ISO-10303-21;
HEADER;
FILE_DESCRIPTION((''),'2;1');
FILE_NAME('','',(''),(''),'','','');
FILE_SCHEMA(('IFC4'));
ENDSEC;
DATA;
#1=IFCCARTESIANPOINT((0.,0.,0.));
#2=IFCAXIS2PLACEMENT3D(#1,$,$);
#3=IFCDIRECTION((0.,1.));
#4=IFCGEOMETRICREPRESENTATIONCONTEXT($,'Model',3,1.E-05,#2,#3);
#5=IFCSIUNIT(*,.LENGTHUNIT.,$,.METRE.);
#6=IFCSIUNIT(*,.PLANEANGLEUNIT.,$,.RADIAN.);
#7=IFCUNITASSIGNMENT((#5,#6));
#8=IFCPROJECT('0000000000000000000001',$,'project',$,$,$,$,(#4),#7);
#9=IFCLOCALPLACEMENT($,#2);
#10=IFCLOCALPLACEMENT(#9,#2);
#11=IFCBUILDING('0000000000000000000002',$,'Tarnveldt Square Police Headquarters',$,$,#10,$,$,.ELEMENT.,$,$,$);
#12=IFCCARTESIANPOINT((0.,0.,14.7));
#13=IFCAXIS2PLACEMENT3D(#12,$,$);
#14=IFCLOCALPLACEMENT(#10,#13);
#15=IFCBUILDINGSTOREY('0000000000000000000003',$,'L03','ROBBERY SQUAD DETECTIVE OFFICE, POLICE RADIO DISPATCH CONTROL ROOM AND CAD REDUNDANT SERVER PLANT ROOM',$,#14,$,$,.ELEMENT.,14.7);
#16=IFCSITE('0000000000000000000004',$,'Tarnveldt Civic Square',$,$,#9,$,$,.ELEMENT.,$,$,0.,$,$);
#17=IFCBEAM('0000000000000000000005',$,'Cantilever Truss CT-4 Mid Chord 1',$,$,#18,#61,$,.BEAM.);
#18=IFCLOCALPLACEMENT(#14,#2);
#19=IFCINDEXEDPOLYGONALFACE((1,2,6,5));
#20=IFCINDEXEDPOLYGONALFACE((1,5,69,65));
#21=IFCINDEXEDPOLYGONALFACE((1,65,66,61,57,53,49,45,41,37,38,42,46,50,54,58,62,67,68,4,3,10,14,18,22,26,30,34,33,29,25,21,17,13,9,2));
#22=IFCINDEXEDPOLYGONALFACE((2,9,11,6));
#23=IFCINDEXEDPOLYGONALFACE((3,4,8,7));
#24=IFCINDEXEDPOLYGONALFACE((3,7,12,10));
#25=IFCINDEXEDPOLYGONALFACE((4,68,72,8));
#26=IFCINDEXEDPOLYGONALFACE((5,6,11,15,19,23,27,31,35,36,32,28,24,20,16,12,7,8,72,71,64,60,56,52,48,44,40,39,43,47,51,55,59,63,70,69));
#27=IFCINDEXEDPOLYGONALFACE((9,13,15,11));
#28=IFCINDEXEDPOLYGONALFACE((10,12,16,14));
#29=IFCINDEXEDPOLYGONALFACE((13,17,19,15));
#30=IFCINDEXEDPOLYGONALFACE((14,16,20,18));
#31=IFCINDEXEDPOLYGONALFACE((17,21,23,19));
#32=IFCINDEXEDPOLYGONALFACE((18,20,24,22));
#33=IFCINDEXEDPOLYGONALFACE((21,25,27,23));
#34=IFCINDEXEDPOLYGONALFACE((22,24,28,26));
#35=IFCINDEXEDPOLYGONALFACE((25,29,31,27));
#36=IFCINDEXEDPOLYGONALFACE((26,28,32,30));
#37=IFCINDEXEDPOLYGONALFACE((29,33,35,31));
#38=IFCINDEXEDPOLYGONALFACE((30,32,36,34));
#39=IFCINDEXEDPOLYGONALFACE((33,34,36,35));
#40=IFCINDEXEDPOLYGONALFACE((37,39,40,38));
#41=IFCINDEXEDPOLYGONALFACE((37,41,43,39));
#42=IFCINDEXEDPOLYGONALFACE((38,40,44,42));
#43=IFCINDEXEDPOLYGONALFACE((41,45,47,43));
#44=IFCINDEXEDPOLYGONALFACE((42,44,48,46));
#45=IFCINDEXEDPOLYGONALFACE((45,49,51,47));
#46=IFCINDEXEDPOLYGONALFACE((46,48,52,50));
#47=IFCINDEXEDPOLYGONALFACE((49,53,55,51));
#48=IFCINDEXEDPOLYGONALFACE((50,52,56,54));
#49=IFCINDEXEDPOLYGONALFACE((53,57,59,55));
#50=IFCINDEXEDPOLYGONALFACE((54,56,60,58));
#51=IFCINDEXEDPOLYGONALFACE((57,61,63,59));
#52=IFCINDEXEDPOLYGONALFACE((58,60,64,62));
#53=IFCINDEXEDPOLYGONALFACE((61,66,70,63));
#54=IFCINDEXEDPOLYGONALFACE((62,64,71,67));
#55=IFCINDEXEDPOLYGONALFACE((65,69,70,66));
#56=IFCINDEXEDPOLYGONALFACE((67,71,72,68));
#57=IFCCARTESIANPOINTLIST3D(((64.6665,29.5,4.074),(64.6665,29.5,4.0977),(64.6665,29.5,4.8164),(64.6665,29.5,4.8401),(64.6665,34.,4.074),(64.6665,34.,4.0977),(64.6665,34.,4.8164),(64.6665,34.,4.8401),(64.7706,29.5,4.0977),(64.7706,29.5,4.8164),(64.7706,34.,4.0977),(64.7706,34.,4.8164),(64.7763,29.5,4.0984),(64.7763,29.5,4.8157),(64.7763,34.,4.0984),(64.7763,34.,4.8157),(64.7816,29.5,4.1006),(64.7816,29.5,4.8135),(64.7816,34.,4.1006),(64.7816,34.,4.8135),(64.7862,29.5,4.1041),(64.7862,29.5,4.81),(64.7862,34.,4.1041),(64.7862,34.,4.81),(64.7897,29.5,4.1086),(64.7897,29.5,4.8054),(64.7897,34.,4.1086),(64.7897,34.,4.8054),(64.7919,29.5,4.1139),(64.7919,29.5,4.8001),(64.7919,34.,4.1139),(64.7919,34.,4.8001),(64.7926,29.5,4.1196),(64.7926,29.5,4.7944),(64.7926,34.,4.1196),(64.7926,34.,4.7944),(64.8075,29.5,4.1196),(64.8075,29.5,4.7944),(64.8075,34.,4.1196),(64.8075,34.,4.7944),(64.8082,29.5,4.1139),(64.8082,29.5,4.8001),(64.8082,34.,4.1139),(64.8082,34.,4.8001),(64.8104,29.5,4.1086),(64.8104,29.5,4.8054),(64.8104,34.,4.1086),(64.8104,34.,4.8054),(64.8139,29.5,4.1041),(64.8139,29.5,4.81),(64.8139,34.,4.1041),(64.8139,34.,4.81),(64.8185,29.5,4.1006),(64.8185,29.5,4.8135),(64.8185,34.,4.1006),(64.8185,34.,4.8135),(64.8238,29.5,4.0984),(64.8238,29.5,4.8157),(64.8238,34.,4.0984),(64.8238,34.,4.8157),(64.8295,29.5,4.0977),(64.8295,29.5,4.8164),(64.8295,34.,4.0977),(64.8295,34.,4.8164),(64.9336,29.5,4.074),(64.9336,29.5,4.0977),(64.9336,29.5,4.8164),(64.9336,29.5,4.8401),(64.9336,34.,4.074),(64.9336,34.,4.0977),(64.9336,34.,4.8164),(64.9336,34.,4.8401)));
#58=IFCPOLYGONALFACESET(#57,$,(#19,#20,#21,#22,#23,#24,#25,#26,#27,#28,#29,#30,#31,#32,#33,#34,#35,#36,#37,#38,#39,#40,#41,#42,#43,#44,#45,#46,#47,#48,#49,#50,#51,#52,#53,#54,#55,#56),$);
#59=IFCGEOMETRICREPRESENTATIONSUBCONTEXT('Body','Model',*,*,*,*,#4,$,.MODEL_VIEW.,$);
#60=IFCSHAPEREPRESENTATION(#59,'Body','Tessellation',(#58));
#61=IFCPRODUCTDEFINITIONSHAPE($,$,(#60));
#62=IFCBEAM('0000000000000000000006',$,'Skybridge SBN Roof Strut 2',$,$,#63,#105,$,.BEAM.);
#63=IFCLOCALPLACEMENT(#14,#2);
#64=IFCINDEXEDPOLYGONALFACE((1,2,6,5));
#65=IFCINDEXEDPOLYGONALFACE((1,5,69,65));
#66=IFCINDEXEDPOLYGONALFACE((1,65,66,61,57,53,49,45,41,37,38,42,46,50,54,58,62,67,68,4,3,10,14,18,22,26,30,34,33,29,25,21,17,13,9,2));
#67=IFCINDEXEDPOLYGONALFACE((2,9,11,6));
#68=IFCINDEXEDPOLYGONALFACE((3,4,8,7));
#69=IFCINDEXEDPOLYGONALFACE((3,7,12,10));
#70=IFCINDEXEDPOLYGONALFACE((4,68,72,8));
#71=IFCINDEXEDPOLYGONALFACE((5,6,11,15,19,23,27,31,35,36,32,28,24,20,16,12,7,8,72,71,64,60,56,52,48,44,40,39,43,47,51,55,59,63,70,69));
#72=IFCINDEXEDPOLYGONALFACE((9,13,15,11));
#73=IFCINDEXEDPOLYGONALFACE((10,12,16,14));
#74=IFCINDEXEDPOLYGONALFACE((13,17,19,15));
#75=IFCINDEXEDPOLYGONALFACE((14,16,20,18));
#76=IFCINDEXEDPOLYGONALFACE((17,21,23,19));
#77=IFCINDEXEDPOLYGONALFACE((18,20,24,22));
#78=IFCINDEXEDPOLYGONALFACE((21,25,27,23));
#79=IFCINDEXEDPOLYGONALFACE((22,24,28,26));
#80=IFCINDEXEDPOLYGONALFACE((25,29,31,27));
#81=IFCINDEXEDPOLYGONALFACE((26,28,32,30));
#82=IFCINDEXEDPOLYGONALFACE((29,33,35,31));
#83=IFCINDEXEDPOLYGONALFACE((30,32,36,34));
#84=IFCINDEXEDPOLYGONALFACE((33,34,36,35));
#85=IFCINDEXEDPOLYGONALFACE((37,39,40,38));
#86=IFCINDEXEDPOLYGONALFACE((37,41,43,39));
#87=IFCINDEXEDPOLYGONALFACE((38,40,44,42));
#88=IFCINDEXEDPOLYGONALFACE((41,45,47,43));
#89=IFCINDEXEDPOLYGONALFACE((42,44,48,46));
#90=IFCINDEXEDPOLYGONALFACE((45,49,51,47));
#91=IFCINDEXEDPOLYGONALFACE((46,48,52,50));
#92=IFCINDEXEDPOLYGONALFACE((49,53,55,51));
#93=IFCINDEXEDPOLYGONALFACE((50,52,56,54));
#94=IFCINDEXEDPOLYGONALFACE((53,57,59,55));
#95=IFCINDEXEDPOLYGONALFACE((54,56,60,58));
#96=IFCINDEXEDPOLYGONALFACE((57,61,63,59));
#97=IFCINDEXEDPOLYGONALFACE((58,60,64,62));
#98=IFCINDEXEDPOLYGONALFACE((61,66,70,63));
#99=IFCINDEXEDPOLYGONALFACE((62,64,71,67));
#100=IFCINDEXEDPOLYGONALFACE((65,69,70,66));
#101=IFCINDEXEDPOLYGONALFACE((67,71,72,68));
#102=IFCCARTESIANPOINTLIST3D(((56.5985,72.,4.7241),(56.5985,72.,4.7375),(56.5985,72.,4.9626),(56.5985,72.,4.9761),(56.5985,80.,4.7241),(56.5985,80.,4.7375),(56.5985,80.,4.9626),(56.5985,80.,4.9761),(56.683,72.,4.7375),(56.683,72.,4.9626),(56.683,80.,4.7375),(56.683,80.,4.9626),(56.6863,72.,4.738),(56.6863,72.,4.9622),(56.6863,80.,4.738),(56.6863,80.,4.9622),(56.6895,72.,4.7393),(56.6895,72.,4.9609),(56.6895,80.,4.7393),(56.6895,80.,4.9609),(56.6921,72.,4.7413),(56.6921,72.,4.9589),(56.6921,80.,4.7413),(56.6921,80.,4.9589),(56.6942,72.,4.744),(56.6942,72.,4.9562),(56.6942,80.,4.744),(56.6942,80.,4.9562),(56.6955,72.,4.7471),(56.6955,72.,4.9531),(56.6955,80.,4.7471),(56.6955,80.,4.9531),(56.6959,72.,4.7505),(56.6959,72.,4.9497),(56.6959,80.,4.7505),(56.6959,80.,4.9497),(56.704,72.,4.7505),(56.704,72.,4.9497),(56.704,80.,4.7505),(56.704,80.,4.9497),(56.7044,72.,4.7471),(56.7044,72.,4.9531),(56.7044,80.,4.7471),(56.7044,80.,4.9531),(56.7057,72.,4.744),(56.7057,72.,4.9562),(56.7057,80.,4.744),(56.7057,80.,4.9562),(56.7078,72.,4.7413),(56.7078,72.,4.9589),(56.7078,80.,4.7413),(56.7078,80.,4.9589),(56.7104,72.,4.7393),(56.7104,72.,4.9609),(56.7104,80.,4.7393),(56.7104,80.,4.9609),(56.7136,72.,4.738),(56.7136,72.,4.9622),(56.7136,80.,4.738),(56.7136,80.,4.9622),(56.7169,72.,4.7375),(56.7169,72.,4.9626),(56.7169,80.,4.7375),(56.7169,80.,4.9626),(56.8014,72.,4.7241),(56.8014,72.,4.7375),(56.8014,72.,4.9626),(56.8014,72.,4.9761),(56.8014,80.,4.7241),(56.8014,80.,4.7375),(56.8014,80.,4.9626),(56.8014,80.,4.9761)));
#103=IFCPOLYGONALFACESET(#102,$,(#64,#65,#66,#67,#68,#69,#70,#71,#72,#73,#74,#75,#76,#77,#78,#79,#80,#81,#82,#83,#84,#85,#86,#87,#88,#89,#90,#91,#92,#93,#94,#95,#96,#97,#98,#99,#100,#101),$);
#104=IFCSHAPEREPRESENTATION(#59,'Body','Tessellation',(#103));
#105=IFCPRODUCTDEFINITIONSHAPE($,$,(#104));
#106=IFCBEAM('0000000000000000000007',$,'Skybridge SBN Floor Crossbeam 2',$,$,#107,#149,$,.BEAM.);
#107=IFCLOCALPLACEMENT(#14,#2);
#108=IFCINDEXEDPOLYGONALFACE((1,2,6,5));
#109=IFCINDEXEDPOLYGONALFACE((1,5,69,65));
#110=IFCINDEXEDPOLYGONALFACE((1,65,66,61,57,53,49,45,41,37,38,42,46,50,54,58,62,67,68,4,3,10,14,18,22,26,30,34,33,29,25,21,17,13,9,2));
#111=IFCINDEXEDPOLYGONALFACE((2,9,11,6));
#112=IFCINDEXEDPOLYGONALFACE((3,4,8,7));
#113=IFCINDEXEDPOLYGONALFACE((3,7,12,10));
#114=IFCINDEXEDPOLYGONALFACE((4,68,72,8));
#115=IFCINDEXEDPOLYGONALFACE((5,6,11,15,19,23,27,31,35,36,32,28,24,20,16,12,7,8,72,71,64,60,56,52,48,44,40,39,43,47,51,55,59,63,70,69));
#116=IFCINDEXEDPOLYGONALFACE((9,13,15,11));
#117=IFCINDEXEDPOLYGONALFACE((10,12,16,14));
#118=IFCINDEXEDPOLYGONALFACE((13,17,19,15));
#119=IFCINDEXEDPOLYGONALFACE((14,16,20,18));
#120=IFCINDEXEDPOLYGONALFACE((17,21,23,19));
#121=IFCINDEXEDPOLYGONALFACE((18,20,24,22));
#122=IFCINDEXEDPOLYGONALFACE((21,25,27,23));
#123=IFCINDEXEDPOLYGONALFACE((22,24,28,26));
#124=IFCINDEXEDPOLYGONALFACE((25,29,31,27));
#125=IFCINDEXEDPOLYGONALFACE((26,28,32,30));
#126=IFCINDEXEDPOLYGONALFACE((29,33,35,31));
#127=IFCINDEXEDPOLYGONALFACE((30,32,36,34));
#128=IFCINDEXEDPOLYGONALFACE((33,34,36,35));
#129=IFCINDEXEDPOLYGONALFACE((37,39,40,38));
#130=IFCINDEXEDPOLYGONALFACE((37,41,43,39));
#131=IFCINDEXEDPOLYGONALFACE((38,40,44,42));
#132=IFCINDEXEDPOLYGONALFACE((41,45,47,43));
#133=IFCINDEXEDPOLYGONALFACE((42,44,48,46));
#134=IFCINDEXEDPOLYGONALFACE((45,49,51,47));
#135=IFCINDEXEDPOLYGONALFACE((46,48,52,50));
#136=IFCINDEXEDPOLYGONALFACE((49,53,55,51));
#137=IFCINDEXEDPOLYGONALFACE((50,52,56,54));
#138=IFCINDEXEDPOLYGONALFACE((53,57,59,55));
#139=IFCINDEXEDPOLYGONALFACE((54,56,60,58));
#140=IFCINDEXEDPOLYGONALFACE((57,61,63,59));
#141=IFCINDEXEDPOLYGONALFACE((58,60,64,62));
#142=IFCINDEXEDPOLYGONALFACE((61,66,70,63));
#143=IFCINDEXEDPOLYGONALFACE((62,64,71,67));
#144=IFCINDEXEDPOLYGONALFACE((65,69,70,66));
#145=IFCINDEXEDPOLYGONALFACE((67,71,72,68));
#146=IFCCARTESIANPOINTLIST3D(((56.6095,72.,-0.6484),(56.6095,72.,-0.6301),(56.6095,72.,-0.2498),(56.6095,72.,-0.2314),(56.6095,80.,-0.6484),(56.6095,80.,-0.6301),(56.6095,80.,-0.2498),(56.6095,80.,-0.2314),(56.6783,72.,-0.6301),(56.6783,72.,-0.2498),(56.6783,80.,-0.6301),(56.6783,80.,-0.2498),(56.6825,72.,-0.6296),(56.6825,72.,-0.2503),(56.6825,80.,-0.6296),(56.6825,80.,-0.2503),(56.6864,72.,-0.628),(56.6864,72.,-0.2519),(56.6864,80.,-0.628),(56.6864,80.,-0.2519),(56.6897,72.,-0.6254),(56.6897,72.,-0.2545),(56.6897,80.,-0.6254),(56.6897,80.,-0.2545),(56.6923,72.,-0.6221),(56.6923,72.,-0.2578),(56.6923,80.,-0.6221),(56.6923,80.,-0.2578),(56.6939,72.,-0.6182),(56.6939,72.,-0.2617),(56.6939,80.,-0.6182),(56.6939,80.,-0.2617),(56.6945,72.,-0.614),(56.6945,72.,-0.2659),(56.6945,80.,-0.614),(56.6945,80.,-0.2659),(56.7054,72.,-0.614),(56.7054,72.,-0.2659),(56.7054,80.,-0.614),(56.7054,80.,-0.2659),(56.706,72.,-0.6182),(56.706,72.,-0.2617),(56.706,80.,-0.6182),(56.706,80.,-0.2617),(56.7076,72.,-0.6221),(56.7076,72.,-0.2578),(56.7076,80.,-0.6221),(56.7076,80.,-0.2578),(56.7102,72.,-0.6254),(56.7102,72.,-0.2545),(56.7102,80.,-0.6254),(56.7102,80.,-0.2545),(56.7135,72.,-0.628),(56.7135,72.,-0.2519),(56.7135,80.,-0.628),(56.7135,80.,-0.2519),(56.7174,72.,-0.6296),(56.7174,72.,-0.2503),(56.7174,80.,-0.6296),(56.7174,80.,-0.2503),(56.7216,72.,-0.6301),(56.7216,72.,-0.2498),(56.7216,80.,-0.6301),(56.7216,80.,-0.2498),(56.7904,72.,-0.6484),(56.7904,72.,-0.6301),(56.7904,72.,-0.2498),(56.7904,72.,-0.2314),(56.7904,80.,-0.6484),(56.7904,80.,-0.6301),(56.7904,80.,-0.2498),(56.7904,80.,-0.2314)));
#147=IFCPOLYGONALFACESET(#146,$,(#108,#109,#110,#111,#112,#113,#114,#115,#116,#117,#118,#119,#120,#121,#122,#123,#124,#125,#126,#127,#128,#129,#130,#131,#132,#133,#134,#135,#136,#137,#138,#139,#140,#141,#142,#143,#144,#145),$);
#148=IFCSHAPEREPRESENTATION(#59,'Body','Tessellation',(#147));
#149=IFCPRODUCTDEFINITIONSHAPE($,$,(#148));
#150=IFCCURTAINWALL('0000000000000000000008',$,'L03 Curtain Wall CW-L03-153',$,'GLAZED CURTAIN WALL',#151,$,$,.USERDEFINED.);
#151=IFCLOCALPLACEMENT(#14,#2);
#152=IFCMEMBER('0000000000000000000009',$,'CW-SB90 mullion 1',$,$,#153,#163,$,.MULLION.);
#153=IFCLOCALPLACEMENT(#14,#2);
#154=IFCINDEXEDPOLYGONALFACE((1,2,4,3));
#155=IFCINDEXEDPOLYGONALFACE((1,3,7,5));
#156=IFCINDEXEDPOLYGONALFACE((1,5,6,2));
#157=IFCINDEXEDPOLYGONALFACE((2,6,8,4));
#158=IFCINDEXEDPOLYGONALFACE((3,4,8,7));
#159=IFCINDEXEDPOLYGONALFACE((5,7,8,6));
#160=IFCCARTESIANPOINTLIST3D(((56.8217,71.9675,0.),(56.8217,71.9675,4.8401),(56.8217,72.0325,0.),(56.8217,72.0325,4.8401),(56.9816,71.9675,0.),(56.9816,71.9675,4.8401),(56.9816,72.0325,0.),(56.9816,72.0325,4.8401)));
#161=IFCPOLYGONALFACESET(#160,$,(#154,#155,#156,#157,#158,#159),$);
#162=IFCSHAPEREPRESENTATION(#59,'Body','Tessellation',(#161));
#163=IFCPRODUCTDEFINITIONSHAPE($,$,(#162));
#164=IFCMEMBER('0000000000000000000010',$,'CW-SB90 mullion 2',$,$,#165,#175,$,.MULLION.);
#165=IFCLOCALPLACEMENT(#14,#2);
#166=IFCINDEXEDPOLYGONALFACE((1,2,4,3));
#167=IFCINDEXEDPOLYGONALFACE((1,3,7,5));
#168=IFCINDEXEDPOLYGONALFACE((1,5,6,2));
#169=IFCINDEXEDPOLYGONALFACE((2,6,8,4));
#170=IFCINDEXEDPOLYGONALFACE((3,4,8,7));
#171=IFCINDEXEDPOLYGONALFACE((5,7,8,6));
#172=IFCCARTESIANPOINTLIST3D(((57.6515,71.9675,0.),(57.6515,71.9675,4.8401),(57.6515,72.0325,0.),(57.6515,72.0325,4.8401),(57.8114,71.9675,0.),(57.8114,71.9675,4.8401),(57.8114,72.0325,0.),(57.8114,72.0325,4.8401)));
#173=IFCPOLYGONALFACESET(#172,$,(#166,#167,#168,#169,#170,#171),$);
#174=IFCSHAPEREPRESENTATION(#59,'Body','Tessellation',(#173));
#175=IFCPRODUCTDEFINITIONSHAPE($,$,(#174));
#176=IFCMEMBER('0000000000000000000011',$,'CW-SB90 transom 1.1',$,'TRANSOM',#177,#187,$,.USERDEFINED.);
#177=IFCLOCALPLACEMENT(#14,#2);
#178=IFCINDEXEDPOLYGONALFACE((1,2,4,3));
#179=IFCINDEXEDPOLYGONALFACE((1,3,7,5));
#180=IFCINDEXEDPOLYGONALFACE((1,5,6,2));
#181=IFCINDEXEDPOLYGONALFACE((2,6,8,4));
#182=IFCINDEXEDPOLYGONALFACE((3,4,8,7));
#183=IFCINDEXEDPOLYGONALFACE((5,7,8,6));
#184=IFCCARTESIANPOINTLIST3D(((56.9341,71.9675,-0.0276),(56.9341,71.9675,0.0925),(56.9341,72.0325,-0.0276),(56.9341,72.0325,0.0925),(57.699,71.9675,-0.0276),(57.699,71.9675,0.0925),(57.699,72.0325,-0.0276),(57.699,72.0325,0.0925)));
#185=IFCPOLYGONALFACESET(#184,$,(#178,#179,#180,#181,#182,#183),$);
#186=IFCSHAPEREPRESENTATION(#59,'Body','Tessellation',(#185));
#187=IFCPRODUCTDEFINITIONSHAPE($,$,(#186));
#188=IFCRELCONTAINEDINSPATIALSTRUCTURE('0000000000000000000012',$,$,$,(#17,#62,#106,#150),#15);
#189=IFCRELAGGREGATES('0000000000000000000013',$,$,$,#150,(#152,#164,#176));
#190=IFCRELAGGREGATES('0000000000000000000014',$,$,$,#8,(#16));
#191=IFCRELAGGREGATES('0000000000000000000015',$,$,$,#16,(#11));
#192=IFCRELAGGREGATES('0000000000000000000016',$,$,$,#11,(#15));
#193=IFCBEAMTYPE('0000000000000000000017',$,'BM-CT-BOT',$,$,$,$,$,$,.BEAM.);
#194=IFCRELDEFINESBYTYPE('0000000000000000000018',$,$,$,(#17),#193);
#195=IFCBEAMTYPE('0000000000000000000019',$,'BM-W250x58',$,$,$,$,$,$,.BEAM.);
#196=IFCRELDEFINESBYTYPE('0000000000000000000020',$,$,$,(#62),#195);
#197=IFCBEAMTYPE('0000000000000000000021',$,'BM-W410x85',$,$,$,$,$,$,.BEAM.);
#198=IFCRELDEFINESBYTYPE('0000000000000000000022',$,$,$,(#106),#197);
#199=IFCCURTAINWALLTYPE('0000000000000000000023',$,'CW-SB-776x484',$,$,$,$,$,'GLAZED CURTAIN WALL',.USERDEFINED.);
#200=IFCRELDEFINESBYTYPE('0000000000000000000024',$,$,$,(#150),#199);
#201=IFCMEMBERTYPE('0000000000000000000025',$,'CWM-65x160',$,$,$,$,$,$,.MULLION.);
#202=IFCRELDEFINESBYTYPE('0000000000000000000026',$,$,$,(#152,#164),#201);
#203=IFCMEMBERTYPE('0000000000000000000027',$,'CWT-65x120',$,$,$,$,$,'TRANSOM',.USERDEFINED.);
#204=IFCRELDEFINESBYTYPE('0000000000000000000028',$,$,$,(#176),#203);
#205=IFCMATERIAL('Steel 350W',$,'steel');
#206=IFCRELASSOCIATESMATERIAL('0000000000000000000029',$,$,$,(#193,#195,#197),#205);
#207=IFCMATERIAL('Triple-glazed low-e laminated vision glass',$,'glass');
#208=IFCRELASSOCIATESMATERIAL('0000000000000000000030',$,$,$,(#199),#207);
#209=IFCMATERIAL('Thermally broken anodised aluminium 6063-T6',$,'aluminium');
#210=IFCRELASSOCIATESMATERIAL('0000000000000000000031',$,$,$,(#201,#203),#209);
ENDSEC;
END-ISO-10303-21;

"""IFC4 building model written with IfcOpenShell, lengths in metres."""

from ifc_helpers import new_model, si_unit, direction, frame, origin, origin_2d, place, context, subcontext, project, spatial, rectangle, i_section, extrude, material, material_profile, profile_set, type_object, element, aggregate, save


model = new_model("IFC4")

# Units and contexts
model_context = context("Model", 3, precision=1e-05, world=origin(), true_north=direction((0.0, 1.0)))
body_context = subcontext(model_context, "Body", "Model", "MODEL_VIEW")
ifc_project = project(units=[si_unit("LENGTHUNIT", "METRE"), si_unit("PLANEANGLEUNIT", "RADIAN")], contexts=[model_context])

# Site, building, storey
site_placement = place(None, origin())
site = spatial("IfcSite", under=ifc_project, at=site_placement, Name="Tarnveldt Civic Square", CompositionType="ELEMENT", RefElevation=0.0)
building_placement = place(site_placement, origin())
building = spatial("IfcBuilding", under=site, at=building_placement, Name="Tarnveldt Square Police Headquarters", CompositionType="ELEMENT")
storey_placement = place(building_placement, frame((0.0, 0.0, 14.7)))
storey = spatial("IfcBuildingStorey", under=building, at=storey_placement, Name="L03", Description="ROBBERY SQUAD DETECTIVE OFFICE, POLICE RADIO DISPATCH CONTROL ROOM AND CAD REDUNDANT SERVER PLANT ROOM", CompositionType="ELEMENT", Elevation=14.7)

# Beams
ifc_material_1 = material(Name="Steel 350W", Category="steel")
ifc_material_profile_1 = material_profile(ifc_material_1, i_section(OverallWidth=0.2671, OverallDepth=0.7661, WebThickness=0.0149, FlangeThickness=0.0237, FilletRadius=0.022, at=origin_2d()), Name="W760x185")
ifc_profile_set_1 = profile_set([ifc_material_profile_1], Name="Steel 350W")
beam_type_1 = type_object("IfcBeamType", Name="BM-CT-BOT", PredefinedType="BEAM", material=ifc_profile_set_1)
beam_1_placement = place(storey_placement, frame((64.8, 34.0, 4.457), z_axis=(0.0, -1.0, 0.0), x_axis=(1.0, 0.0, 0.0)))
element("IfcBeam", 1, at=beam_1_placement, inside=storey, type_object=beam_type_1, Name="Cantilever Truss CT-4 Mid Chord 1", PredefinedType="BEAM", context=body_context, shape_type="SweptSolid", body=[
    extrude(i_section(OverallWidth=0.2671, OverallDepth=0.7661, WebThickness=0.0149, FlangeThickness=0.0237, FilletRadius=0.022, at=origin_2d()), origin(), (0.0, 0.0, 1.0), 4.5),
])
ifc_material_profile_2 = material_profile(ifc_material_1, i_section(OverallWidth=0.2029, OverallDepth=0.252, WebThickness=0.0081, FlangeThickness=0.0134, FilletRadius=0.0129, at=origin_2d()), Name="W250x58")
ifc_profile_set_2 = profile_set([ifc_material_profile_2], Name="Steel 350W")
beam_type_2 = type_object("IfcBeamType", Name="BM-W250x58", PredefinedType="BEAM", material=ifc_profile_set_2)
beam_2_placement = place(storey_placement, frame((56.7, 72.0, 4.8501), z_axis=(0.0, 1.0, 0.0), x_axis=(-1.0, 0.0, 0.0)))
element("IfcBeam", 2, at=beam_2_placement, inside=storey, type_object=beam_type_2, Name="Skybridge SBN Roof Strut 2", PredefinedType="BEAM", context=body_context, shape_type="SweptSolid", body=[
    extrude(i_section(OverallWidth=0.2029, OverallDepth=0.252, WebThickness=0.0081, FlangeThickness=0.0134, FilletRadius=0.0129, at=origin_2d()), origin(), (0.0, 0.0, 1.0), 8.0),
])
ifc_material_profile_3 = material_profile(ifc_material_1, i_section(OverallWidth=0.1809, OverallDepth=0.417, WebThickness=0.011, FlangeThickness=0.0183, FilletRadius=0.0161, at=origin_2d()), Name="W410x85")
ifc_profile_set_3 = profile_set([ifc_material_profile_3], Name="Steel 350W")
beam_type_3 = type_object("IfcBeamType", Name="BM-W410x85", PredefinedType="BEAM", material=ifc_profile_set_3)
beam_3_placement = place(storey_placement, frame((56.7, 72.0, -0.4399), z_axis=(0.0, 1.0, 0.0), x_axis=(-1.0, 0.0, 0.0)))
element("IfcBeam", 3, at=beam_3_placement, inside=storey, type_object=beam_type_3, Name="Skybridge SBN Floor Crossbeam 2", PredefinedType="BEAM", context=body_context, shape_type="SweptSolid", body=[
    extrude(i_section(OverallWidth=0.1809, OverallDepth=0.417, WebThickness=0.011, FlangeThickness=0.0183, FilletRadius=0.0161, at=origin_2d()), origin(), (0.0, 0.0, 1.0), 8.0),
])

# Curtain wall, members
ifc_material_2 = material(Name="Triple-glazed low-e laminated vision glass", Category="glass")
curtain_wall_type = type_object("IfcCurtainWallType", Name="CW-SB-776x484", ElementType="GLAZED CURTAIN WALL", PredefinedType="USERDEFINED", material=ifc_material_2)
curtain_wall_placement = place(storey_placement, origin())
curtain_wall = element("IfcCurtainWall", 4, at=curtain_wall_placement, inside=storey, type_object=curtain_wall_type, Name="L03 Curtain Wall CW-L03-153", ObjectType="GLAZED CURTAIN WALL", PredefinedType="USERDEFINED")
ifc_material_3 = material(Name="Thermally broken anodised aluminium 6063-T6", Category="aluminium")
ifc_material_profile_4 = material_profile(ifc_material_3, rectangle(XDim=0.0649, YDim=0.1599, at=origin_2d()), Name="CW-M65x160")
ifc_profile_set_4 = profile_set([ifc_material_profile_4], Name="Thermally broken anodised aluminium 6063-T6")
member_type_1 = type_object("IfcMemberType", Name="CWM-65x160", PredefinedType="MULLION", material=ifc_profile_set_4)
member_1_placement = place(storey_placement, frame((56.9016, 72.0, 0.0), z_axis=(0.0, 0.0, 1.0), x_axis=(0.0, 1.0, 0.0)))
member_1 = element("IfcMember", 5, at=member_1_placement, type_object=member_type_1, Name="CW-SB90 mullion 1", PredefinedType="MULLION", context=body_context, shape_type="SweptSolid", body=[
    extrude(rectangle(XDim=0.0649, YDim=0.1599, at=origin_2d()), origin(), (0.0, 0.0, 1.0), 4.8401),
])
member_2_placement = place(storey_placement, frame((57.7314, 72.0, 0.0), z_axis=(0.0, 0.0, 1.0), x_axis=(0.0, 1.0, 0.0)))
member_2 = element("IfcMember", 6, at=member_2_placement, type_object=member_type_1, Name="CW-SB90 mullion 2", PredefinedType="MULLION", context=body_context, shape_type="SweptSolid", body=[
    extrude(rectangle(XDim=0.0649, YDim=0.1599, at=origin_2d()), origin(), (0.0, 0.0, 1.0), 4.8401),
])
ifc_material_profile_5 = material_profile(ifc_material_3, rectangle(XDim=0.0649, YDim=0.1201, at=origin_2d()), Name="CW-T65x120")
ifc_profile_set_5 = profile_set([ifc_material_profile_5], Name="Thermally broken anodised aluminium 6063-T6")
member_type_2 = type_object("IfcMemberType", Name="CWT-65x120", ElementType="TRANSOM", PredefinedType="USERDEFINED", material=ifc_profile_set_5)
member_3_placement = place(storey_placement, frame((56.9341, 72.0, 0.0325), z_axis=(1.0, 0.0, 0.0), x_axis=(0.0, 1.0, 0.0)))
member_3 = element("IfcMember", 7, at=member_3_placement, type_object=member_type_2, Name="CW-SB90 transom 1.1", ObjectType="TRANSOM", PredefinedType="USERDEFINED", context=body_context, shape_type="SweptSolid", body=[
    extrude(rectangle(XDim=0.0649, YDim=0.1201, at=origin_2d()), origin(), (0.0, 0.0, 1.0), 0.7649),
])

aggregate(curtain_wall, [member_1, member_2, member_3])

save(model, "model.ifc")
